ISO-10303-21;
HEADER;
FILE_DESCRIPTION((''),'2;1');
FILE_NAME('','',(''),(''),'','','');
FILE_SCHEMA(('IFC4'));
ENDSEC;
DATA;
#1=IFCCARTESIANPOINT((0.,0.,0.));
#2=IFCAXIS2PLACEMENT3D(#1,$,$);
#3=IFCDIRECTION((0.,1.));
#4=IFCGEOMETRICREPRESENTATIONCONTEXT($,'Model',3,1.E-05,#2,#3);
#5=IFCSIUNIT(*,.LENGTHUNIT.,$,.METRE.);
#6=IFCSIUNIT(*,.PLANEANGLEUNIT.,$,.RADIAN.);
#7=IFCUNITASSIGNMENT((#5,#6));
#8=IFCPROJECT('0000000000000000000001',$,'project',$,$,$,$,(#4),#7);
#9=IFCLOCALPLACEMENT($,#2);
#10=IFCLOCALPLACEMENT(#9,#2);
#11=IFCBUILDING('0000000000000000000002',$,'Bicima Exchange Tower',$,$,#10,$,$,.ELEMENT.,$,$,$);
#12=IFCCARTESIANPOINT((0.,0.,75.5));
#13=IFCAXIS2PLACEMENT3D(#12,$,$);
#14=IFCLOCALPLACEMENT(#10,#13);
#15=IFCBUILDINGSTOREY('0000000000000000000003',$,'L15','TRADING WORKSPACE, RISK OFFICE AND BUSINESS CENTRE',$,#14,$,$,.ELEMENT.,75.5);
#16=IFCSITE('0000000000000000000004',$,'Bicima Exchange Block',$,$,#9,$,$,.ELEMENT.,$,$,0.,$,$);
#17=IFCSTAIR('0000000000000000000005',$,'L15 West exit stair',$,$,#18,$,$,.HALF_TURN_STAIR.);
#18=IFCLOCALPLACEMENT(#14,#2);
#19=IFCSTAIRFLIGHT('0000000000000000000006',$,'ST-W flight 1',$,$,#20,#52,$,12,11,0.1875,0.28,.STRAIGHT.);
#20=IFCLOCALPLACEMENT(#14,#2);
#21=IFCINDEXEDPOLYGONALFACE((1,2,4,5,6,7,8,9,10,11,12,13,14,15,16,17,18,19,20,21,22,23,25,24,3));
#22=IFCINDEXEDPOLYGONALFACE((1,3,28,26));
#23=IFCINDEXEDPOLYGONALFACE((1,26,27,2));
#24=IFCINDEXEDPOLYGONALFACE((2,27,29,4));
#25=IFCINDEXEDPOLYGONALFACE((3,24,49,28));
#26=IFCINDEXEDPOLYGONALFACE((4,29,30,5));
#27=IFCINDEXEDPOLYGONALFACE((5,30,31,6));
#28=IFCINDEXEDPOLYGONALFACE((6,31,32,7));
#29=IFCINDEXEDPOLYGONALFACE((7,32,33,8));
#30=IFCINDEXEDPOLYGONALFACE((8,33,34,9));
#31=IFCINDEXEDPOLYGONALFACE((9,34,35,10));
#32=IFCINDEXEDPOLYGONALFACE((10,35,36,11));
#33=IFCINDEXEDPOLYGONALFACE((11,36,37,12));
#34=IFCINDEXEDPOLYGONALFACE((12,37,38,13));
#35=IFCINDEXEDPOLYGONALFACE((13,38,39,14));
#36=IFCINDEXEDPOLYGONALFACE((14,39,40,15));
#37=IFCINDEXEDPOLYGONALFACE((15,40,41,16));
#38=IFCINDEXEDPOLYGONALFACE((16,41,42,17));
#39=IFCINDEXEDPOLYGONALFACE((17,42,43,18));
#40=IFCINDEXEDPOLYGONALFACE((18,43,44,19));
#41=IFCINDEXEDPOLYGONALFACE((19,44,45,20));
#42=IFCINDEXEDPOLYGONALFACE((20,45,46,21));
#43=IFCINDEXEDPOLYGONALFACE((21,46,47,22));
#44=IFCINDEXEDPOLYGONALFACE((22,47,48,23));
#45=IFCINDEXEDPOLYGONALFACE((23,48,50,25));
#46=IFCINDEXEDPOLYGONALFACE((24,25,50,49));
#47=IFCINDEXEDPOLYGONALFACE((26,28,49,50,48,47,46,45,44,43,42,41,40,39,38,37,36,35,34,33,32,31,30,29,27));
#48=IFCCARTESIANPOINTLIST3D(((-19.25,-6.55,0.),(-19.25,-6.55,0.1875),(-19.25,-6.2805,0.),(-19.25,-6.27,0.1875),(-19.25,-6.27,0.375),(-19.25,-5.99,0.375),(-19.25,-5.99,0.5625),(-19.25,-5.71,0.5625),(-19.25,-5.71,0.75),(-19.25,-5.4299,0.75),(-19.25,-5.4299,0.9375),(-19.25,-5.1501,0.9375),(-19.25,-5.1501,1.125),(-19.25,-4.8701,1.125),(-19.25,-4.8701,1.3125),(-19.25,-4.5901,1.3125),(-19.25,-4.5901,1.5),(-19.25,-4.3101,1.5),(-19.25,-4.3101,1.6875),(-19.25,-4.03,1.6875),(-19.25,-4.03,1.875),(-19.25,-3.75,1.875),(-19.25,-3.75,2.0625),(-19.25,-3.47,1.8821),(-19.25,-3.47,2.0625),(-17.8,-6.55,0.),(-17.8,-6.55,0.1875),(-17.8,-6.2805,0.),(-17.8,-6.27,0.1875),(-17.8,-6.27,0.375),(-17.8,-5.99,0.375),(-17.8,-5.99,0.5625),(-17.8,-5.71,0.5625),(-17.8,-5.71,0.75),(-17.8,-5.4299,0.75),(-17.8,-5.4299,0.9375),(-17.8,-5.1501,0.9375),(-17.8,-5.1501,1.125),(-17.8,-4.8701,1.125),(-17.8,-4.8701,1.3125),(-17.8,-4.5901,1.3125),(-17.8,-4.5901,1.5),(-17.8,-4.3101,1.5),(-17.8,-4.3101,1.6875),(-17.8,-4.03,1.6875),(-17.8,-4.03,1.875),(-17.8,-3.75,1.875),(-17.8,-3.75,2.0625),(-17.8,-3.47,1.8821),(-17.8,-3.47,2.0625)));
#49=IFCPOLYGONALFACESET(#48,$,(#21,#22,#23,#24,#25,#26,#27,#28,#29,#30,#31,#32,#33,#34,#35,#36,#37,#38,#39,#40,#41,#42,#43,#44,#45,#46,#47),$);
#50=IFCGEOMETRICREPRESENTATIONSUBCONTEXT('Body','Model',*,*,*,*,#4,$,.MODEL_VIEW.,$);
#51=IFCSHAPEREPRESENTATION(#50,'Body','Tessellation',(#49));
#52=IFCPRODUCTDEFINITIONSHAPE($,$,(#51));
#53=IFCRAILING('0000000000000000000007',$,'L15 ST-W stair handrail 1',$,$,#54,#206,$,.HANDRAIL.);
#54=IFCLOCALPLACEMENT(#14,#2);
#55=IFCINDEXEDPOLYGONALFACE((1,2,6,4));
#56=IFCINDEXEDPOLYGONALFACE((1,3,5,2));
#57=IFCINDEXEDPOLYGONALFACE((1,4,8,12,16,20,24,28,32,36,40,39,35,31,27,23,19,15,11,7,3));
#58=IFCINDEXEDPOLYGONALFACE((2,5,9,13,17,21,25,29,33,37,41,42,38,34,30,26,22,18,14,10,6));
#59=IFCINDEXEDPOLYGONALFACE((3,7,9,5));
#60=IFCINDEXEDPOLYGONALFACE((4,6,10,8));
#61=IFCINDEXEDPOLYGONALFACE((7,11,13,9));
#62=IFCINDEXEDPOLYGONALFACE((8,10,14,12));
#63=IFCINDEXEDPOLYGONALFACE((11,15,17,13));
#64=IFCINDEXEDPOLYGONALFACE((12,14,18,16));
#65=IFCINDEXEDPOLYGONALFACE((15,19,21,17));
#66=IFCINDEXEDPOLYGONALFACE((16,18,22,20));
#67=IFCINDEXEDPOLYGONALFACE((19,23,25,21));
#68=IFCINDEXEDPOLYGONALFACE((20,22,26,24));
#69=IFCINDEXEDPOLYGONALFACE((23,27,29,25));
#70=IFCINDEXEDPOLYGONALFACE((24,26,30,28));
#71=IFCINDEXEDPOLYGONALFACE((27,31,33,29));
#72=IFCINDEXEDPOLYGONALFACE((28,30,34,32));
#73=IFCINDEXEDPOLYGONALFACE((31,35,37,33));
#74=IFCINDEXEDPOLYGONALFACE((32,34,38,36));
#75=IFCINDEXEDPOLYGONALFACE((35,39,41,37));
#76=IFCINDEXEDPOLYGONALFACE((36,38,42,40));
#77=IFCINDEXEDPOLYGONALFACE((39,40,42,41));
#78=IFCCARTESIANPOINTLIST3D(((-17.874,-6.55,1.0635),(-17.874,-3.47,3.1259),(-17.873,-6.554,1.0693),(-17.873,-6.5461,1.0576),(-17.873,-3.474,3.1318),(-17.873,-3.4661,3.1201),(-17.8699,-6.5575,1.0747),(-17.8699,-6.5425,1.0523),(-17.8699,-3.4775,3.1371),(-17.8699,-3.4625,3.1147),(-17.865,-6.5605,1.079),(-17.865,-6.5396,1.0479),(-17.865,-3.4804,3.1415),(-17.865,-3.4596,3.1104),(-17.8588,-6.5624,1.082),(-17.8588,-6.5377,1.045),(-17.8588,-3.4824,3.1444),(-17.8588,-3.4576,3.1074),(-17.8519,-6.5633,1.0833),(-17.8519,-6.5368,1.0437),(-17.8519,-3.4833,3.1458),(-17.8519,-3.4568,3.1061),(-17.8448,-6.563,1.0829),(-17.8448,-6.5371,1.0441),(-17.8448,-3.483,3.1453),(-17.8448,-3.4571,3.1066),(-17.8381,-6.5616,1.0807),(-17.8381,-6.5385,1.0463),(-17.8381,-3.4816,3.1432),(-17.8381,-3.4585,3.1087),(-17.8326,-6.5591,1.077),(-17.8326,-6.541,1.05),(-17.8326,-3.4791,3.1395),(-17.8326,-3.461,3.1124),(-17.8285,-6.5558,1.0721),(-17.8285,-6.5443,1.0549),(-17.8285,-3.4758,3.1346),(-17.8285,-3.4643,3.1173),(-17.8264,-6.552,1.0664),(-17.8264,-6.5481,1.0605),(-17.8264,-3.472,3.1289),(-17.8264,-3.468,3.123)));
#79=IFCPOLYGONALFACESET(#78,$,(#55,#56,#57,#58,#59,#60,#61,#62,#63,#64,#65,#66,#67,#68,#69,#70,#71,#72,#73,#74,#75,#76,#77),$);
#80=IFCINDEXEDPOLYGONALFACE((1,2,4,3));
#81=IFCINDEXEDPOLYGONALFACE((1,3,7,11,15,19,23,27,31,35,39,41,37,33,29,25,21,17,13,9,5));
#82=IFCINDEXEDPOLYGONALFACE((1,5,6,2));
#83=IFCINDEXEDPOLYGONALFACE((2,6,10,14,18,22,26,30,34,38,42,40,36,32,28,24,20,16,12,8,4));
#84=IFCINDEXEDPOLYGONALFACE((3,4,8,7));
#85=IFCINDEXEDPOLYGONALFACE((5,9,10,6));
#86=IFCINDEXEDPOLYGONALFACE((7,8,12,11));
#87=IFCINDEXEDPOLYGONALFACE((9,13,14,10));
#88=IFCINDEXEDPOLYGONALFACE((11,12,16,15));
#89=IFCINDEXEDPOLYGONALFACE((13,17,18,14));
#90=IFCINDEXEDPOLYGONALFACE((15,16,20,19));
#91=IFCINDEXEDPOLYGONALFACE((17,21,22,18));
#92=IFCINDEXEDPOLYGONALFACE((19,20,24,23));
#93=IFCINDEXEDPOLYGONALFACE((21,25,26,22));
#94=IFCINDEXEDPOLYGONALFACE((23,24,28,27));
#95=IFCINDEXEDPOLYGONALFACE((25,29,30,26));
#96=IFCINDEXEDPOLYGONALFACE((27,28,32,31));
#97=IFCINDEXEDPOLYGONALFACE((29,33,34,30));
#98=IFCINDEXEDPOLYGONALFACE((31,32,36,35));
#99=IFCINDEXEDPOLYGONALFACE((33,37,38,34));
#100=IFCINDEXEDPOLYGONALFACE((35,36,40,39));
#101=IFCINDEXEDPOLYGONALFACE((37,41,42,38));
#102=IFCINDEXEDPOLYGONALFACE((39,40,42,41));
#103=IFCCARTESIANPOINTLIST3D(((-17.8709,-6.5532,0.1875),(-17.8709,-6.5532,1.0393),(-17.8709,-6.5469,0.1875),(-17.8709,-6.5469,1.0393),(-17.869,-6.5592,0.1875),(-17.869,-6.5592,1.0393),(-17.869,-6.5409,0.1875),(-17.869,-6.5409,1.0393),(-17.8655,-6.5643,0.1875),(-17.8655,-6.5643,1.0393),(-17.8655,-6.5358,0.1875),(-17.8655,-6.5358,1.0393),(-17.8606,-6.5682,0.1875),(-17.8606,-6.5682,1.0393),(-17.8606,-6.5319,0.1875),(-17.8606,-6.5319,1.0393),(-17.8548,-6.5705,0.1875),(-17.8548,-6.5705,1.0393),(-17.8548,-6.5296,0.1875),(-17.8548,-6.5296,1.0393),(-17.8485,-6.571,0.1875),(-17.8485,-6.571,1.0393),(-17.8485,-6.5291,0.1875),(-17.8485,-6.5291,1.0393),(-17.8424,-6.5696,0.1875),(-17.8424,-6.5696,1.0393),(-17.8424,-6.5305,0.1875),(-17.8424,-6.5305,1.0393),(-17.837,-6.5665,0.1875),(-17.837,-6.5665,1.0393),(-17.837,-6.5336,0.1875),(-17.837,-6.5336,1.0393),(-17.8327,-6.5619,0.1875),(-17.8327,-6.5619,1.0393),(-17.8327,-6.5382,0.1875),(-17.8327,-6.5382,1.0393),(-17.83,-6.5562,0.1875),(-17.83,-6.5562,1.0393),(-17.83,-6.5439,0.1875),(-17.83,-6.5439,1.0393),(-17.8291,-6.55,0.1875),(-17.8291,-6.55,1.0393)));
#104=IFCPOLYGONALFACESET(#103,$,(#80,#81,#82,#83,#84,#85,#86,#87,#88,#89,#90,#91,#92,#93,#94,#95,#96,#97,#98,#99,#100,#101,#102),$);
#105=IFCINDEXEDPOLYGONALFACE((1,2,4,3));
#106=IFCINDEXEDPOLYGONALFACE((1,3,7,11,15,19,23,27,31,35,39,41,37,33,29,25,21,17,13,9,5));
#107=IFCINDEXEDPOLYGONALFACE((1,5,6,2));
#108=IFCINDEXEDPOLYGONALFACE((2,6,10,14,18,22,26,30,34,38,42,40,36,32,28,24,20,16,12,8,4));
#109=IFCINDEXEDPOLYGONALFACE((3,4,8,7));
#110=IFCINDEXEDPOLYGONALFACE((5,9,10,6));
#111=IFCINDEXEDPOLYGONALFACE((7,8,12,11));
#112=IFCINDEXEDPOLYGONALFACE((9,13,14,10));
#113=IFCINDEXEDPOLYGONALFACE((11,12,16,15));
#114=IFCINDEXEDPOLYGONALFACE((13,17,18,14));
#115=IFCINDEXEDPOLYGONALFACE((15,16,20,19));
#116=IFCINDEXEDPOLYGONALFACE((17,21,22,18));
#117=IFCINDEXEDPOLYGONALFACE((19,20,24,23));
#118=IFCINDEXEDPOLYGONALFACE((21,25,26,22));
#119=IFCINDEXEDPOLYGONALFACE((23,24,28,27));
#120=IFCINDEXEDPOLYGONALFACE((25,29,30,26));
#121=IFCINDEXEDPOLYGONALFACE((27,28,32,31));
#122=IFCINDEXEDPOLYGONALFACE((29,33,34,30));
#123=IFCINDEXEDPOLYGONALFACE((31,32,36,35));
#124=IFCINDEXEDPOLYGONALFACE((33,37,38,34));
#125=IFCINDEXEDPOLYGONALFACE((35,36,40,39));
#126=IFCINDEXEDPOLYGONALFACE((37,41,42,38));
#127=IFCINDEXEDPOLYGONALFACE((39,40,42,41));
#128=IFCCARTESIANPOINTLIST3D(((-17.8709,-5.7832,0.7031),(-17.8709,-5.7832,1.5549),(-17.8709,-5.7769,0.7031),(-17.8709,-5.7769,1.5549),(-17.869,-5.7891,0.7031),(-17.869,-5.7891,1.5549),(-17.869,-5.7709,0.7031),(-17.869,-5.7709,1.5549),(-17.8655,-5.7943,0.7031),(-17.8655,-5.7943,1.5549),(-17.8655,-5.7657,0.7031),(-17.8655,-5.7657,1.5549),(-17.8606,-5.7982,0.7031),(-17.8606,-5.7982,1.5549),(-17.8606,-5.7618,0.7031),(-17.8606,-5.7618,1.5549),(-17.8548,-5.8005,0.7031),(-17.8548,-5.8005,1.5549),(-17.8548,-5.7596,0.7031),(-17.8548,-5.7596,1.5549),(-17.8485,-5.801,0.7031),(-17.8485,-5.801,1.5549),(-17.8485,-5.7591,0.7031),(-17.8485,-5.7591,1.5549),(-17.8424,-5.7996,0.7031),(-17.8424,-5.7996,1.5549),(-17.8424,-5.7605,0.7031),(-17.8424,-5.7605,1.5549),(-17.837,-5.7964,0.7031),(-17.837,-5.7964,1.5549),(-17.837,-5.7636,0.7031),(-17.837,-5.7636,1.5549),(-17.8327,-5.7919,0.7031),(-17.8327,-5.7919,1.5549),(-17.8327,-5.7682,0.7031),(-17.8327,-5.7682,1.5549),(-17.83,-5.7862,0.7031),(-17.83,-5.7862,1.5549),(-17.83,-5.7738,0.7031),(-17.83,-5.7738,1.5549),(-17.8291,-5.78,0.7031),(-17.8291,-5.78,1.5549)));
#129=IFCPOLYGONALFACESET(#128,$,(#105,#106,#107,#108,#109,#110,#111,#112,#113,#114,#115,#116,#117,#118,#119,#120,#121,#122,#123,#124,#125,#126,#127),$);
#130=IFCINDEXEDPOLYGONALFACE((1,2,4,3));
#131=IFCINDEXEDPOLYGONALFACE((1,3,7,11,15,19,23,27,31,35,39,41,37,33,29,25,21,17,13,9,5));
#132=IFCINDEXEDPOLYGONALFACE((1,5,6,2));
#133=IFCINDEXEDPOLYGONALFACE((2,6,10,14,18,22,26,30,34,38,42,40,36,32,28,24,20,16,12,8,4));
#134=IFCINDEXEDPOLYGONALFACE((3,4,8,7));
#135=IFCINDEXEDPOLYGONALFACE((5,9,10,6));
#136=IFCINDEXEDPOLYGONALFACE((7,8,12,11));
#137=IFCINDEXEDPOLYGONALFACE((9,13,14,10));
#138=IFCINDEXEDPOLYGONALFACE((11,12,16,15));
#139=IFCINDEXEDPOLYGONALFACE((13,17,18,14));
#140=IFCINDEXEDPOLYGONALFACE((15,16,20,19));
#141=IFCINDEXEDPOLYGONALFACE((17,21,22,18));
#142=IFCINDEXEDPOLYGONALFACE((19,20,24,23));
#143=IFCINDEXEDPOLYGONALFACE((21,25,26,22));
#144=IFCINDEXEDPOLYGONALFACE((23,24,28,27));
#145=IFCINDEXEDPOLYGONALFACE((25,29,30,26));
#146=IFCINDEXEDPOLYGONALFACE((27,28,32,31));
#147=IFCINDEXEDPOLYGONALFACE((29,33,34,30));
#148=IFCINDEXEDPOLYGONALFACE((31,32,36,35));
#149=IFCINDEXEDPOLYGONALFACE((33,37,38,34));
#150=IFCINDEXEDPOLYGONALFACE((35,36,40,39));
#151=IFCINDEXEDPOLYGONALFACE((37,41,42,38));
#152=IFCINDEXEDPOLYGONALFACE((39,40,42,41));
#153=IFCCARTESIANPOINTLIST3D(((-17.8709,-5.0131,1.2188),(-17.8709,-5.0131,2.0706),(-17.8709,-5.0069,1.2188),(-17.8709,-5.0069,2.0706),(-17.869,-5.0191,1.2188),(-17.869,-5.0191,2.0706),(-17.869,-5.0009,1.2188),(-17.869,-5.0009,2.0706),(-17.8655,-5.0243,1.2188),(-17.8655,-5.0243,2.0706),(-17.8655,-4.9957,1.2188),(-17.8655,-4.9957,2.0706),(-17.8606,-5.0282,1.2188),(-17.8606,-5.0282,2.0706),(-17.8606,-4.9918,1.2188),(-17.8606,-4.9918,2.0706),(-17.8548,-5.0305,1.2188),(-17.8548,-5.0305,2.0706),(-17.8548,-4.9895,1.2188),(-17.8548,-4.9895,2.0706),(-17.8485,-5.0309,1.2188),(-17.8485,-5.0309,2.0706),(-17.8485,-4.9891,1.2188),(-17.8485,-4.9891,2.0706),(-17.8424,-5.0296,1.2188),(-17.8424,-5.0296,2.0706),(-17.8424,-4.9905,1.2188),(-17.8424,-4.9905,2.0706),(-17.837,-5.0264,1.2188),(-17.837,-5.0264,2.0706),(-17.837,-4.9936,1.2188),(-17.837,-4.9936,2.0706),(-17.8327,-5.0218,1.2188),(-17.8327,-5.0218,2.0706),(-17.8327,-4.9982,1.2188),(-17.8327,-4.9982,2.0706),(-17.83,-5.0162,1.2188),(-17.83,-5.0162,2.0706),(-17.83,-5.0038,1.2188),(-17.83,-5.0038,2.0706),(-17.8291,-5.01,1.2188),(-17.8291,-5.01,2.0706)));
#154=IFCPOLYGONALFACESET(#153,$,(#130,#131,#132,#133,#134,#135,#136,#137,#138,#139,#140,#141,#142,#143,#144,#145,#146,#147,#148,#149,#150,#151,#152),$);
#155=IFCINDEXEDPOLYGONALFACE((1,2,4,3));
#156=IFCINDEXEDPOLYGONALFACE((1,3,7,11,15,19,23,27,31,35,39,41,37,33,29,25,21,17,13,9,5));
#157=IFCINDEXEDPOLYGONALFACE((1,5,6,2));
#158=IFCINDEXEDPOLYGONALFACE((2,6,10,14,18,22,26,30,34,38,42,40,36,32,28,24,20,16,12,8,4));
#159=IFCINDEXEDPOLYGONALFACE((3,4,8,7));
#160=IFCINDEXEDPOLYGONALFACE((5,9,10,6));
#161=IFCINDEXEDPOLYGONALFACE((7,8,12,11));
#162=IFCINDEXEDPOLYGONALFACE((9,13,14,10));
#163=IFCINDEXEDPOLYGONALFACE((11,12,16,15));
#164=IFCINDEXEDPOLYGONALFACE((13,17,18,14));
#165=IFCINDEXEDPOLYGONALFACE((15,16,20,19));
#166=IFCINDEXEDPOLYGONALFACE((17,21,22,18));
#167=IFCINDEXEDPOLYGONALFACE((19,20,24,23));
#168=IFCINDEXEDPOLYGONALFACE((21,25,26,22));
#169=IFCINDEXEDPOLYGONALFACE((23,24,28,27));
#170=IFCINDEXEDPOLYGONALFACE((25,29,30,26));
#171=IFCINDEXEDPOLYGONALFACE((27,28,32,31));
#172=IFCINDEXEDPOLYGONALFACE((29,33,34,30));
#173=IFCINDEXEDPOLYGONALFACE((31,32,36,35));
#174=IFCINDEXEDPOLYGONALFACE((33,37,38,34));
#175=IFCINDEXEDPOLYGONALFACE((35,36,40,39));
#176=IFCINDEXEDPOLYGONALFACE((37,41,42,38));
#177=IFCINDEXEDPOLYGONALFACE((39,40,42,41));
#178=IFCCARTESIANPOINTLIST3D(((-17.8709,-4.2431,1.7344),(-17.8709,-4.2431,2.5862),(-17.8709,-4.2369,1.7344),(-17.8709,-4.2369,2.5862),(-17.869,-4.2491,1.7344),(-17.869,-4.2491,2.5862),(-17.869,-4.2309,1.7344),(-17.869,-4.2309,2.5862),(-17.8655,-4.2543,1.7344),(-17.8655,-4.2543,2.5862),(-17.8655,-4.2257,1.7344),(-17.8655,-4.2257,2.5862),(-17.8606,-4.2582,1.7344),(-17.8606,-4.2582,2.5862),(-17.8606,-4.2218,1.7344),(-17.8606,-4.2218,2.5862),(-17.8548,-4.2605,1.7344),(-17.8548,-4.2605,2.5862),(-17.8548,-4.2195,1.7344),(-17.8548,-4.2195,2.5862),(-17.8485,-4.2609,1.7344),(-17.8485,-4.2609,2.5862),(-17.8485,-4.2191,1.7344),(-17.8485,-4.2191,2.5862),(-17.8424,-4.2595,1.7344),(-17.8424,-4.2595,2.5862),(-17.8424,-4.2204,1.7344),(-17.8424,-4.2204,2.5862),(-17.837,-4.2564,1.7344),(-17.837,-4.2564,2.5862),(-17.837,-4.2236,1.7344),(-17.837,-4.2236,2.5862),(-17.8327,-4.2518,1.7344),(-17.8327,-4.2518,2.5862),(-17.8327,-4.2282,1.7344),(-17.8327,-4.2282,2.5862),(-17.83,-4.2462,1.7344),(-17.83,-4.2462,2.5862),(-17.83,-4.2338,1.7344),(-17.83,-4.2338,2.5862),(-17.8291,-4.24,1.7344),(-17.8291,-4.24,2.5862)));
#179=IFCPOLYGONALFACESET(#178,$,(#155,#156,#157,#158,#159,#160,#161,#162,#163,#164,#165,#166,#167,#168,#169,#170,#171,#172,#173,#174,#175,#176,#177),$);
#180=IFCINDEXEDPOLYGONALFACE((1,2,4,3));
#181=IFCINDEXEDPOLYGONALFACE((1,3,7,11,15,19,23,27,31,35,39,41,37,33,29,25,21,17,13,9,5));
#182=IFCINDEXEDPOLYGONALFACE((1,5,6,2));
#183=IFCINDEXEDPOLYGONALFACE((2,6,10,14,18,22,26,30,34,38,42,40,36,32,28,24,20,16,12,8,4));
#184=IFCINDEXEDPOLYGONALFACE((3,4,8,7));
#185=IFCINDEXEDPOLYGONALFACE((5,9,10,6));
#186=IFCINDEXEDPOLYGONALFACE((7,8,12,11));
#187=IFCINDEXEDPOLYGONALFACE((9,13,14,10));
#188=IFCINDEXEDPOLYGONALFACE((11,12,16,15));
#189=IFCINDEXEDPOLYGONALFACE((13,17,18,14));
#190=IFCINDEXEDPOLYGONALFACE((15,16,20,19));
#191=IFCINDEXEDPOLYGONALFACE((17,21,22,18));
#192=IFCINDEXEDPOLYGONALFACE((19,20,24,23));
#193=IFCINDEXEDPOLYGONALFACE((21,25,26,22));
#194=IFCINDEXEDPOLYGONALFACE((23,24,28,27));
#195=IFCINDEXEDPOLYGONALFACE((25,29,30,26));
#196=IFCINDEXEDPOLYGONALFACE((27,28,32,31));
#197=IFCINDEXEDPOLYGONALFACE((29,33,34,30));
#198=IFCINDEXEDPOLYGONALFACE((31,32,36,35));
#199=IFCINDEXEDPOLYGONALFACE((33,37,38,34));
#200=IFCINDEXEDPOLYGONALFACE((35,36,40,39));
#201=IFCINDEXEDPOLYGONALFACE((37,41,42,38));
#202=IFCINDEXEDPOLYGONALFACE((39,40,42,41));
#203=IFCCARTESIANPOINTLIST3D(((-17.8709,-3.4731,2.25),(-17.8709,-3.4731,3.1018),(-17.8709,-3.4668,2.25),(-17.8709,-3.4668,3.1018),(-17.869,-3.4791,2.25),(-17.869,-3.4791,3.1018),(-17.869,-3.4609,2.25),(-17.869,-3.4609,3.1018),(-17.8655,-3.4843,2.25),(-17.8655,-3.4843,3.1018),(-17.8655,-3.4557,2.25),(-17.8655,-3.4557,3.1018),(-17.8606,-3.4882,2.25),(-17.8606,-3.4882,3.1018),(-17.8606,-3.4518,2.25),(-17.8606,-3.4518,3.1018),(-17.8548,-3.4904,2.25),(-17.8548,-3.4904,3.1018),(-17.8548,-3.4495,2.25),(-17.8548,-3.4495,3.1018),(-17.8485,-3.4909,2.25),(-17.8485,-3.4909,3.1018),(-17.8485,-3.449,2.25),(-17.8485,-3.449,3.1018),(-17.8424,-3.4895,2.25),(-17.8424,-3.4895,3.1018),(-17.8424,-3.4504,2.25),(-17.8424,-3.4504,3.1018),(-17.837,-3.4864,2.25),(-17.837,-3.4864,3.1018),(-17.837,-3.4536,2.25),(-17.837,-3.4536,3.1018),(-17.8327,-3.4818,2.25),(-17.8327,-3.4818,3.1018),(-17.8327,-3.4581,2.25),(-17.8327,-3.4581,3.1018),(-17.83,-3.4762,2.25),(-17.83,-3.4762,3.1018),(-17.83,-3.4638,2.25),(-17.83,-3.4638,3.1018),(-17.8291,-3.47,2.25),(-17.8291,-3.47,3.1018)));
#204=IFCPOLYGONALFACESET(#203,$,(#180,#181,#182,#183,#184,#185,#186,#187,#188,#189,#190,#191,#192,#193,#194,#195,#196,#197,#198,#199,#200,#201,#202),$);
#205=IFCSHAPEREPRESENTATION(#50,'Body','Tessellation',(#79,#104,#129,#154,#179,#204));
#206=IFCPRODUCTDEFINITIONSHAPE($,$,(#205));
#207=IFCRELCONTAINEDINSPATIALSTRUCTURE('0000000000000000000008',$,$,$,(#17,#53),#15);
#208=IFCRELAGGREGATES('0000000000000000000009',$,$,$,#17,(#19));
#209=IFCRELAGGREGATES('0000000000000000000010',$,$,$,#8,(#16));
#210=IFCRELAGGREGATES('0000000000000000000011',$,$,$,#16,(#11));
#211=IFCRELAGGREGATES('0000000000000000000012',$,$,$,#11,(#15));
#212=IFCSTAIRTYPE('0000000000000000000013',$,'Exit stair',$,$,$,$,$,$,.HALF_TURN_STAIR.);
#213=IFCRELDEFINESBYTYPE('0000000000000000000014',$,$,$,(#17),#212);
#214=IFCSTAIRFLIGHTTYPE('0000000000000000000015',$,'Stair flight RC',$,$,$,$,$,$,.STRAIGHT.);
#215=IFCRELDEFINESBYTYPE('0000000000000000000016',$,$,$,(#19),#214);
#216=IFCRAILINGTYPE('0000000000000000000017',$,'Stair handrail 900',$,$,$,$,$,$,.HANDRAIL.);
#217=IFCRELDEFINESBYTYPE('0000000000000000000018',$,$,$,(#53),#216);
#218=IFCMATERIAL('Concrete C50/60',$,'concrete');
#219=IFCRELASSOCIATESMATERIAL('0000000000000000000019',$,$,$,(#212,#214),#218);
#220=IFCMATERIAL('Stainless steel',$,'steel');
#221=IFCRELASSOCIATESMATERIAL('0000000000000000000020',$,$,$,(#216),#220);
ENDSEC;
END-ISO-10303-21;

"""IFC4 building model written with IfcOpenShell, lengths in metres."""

from ifc_helpers import new_model, si_unit, direction, frame, origin, origin_2d, place, context, subcontext, project, spatial, polyline, circle, outline, extrude, material, type_object, element, aggregate, save


model = new_model("IFC4")

# Units and contexts
model_context = context("Model", 3, precision=1e-05, world=origin(), true_north=direction((0.0, 1.0)))
body_context = subcontext(model_context, "Body", "Model", "MODEL_VIEW")
ifc_project = project(units=[si_unit("LENGTHUNIT", "METRE"), si_unit("PLANEANGLEUNIT", "RADIAN")], contexts=[model_context])

# Site, building, storey
site_placement = place(None, origin())
site = spatial("IfcSite", under=ifc_project, at=site_placement, Name="Bicima Exchange Block", CompositionType="ELEMENT", RefElevation=0.0)
building_placement = place(site_placement, origin())
building = spatial("IfcBuilding", under=site, at=building_placement, Name="Bicima Exchange Tower", CompositionType="ELEMENT")
storey_placement = place(building_placement, frame((0.0, 0.0, 75.5)))
storey = spatial("IfcBuildingStorey", under=building, at=storey_placement, Name="L15", Description="TRADING WORKSPACE, RISK OFFICE AND BUSINESS CENTRE", CompositionType="ELEMENT", Elevation=75.5)

# Shared definitions
ifc_material_1 = material(Name="Concrete C50/60", Category="concrete")

# Shared definitions
ifc_material_2 = material(Name="Stainless steel", Category="steel")

# Stair, stair flight
stair_type = type_object("IfcStairType", Name="Exit stair", PredefinedType="HALF_TURN_STAIR", material=ifc_material_1)
stair_placement = place(storey_placement, origin())
stair = element("IfcStair", 1, at=stair_placement, inside=storey, type_object=stair_type, Name="L15 West exit stair", PredefinedType="HALF_TURN_STAIR")
stair_flight_type = type_object("IfcStairFlightType", Name="Stair flight RC", PredefinedType="STRAIGHT", material=ifc_material_1)
stair_flight_placement = place(storey_placement, frame((-18.5249, -6.55, 0.0), z_axis=(0.0, 0.0, 1.0), x_axis=(0.0, 1.0, 0.0)))
stair_flight = element("IfcStairFlight", 2, at=stair_flight_placement, type_object=stair_flight_type, Name="ST-W flight 1", NumberOfRisers=12, NumberOfTreads=11, PredefinedType="STRAIGHT", RiserHeight=0.1875, TreadLength=0.28, context=body_context, shape_type="SweptSolid", body=[
    extrude(outline(polyline([(0.0, 0.0), (0.0, 0.1875), (0.28, 0.1875), (0.28, 0.375), (0.5601, 0.375), (0.5601, 0.5625), (0.8401, 0.5625), (0.8401, 0.75), (1.1201, 0.75), (1.1201, 0.9375), (1.3999, 0.9375), (1.3999, 1.125), (1.6799, 1.125), (1.6799, 1.3125), (1.96, 1.3125), (1.96, 1.5), (2.24, 1.5), (2.24, 1.6875), (2.52, 1.6875), (2.52, 1.875), (2.8, 1.875), (2.8, 2.0625), (3.0801, 2.0625), (3.0801, 2.25), (3.0801, 1.8821), (0.2695, 0.0), (0.0, 0.0)])), frame((0.0, 0.7251, 0.0), z_axis=(0.0, -1.0, 0.0), x_axis=(1.0, 0.0, 0.0)), (0.0, 0.0, 1.0), 1.45),
])
aggregate(stair, [stair_flight])

# Railing
railing_type_1 = type_object("IfcRailingType", Name="Stair handrail 900", PredefinedType="HANDRAIL", material=ifc_material_2)
railing_1_placement = place(storey_placement, frame((-17.8501, -6.55, 0.1875)))
element("IfcRailing", 3, at=railing_1_placement, inside=storey, type_object=railing_type_1, Name="L15 ST-W stair handrail 1", PredefinedType="HANDRAIL", context=body_context, shape_type="SweptSolid", body=[
    extrude(circle(Radius=0.0239, at=origin_2d()), frame((0.0, 0.0, 0.876), z_axis=(0.0, 0.830914, 0.556401), x_axis=(-1.0, 0.0, 0.0)), (0.0, 0.0, 1.0), 3.7068),
    extrude(circle(Radius=0.021, at=origin_2d()), origin(), (0.0, 0.0, 1.0), 0.8518),
    extrude(circle(Radius=0.021, at=origin_2d()), frame((0.0, 0.77, 0.5156)), (0.0, 0.0, 1.0), 0.8518),
    extrude(circle(Radius=0.021, at=origin_2d()), frame((0.0, 1.54, 1.0312)), (0.0, 0.0, 1.0), 0.8518),
    extrude(circle(Radius=0.021, at=origin_2d()), frame((0.0, 2.3101, 1.5469)), (0.0, 0.0, 1.0), 0.8518),
    extrude(circle(Radius=0.021, at=origin_2d()), frame((0.0, 3.0801, 2.0625)), (0.0, 0.0, 1.0), 0.8518),
])

save(model, "model.ifc")
